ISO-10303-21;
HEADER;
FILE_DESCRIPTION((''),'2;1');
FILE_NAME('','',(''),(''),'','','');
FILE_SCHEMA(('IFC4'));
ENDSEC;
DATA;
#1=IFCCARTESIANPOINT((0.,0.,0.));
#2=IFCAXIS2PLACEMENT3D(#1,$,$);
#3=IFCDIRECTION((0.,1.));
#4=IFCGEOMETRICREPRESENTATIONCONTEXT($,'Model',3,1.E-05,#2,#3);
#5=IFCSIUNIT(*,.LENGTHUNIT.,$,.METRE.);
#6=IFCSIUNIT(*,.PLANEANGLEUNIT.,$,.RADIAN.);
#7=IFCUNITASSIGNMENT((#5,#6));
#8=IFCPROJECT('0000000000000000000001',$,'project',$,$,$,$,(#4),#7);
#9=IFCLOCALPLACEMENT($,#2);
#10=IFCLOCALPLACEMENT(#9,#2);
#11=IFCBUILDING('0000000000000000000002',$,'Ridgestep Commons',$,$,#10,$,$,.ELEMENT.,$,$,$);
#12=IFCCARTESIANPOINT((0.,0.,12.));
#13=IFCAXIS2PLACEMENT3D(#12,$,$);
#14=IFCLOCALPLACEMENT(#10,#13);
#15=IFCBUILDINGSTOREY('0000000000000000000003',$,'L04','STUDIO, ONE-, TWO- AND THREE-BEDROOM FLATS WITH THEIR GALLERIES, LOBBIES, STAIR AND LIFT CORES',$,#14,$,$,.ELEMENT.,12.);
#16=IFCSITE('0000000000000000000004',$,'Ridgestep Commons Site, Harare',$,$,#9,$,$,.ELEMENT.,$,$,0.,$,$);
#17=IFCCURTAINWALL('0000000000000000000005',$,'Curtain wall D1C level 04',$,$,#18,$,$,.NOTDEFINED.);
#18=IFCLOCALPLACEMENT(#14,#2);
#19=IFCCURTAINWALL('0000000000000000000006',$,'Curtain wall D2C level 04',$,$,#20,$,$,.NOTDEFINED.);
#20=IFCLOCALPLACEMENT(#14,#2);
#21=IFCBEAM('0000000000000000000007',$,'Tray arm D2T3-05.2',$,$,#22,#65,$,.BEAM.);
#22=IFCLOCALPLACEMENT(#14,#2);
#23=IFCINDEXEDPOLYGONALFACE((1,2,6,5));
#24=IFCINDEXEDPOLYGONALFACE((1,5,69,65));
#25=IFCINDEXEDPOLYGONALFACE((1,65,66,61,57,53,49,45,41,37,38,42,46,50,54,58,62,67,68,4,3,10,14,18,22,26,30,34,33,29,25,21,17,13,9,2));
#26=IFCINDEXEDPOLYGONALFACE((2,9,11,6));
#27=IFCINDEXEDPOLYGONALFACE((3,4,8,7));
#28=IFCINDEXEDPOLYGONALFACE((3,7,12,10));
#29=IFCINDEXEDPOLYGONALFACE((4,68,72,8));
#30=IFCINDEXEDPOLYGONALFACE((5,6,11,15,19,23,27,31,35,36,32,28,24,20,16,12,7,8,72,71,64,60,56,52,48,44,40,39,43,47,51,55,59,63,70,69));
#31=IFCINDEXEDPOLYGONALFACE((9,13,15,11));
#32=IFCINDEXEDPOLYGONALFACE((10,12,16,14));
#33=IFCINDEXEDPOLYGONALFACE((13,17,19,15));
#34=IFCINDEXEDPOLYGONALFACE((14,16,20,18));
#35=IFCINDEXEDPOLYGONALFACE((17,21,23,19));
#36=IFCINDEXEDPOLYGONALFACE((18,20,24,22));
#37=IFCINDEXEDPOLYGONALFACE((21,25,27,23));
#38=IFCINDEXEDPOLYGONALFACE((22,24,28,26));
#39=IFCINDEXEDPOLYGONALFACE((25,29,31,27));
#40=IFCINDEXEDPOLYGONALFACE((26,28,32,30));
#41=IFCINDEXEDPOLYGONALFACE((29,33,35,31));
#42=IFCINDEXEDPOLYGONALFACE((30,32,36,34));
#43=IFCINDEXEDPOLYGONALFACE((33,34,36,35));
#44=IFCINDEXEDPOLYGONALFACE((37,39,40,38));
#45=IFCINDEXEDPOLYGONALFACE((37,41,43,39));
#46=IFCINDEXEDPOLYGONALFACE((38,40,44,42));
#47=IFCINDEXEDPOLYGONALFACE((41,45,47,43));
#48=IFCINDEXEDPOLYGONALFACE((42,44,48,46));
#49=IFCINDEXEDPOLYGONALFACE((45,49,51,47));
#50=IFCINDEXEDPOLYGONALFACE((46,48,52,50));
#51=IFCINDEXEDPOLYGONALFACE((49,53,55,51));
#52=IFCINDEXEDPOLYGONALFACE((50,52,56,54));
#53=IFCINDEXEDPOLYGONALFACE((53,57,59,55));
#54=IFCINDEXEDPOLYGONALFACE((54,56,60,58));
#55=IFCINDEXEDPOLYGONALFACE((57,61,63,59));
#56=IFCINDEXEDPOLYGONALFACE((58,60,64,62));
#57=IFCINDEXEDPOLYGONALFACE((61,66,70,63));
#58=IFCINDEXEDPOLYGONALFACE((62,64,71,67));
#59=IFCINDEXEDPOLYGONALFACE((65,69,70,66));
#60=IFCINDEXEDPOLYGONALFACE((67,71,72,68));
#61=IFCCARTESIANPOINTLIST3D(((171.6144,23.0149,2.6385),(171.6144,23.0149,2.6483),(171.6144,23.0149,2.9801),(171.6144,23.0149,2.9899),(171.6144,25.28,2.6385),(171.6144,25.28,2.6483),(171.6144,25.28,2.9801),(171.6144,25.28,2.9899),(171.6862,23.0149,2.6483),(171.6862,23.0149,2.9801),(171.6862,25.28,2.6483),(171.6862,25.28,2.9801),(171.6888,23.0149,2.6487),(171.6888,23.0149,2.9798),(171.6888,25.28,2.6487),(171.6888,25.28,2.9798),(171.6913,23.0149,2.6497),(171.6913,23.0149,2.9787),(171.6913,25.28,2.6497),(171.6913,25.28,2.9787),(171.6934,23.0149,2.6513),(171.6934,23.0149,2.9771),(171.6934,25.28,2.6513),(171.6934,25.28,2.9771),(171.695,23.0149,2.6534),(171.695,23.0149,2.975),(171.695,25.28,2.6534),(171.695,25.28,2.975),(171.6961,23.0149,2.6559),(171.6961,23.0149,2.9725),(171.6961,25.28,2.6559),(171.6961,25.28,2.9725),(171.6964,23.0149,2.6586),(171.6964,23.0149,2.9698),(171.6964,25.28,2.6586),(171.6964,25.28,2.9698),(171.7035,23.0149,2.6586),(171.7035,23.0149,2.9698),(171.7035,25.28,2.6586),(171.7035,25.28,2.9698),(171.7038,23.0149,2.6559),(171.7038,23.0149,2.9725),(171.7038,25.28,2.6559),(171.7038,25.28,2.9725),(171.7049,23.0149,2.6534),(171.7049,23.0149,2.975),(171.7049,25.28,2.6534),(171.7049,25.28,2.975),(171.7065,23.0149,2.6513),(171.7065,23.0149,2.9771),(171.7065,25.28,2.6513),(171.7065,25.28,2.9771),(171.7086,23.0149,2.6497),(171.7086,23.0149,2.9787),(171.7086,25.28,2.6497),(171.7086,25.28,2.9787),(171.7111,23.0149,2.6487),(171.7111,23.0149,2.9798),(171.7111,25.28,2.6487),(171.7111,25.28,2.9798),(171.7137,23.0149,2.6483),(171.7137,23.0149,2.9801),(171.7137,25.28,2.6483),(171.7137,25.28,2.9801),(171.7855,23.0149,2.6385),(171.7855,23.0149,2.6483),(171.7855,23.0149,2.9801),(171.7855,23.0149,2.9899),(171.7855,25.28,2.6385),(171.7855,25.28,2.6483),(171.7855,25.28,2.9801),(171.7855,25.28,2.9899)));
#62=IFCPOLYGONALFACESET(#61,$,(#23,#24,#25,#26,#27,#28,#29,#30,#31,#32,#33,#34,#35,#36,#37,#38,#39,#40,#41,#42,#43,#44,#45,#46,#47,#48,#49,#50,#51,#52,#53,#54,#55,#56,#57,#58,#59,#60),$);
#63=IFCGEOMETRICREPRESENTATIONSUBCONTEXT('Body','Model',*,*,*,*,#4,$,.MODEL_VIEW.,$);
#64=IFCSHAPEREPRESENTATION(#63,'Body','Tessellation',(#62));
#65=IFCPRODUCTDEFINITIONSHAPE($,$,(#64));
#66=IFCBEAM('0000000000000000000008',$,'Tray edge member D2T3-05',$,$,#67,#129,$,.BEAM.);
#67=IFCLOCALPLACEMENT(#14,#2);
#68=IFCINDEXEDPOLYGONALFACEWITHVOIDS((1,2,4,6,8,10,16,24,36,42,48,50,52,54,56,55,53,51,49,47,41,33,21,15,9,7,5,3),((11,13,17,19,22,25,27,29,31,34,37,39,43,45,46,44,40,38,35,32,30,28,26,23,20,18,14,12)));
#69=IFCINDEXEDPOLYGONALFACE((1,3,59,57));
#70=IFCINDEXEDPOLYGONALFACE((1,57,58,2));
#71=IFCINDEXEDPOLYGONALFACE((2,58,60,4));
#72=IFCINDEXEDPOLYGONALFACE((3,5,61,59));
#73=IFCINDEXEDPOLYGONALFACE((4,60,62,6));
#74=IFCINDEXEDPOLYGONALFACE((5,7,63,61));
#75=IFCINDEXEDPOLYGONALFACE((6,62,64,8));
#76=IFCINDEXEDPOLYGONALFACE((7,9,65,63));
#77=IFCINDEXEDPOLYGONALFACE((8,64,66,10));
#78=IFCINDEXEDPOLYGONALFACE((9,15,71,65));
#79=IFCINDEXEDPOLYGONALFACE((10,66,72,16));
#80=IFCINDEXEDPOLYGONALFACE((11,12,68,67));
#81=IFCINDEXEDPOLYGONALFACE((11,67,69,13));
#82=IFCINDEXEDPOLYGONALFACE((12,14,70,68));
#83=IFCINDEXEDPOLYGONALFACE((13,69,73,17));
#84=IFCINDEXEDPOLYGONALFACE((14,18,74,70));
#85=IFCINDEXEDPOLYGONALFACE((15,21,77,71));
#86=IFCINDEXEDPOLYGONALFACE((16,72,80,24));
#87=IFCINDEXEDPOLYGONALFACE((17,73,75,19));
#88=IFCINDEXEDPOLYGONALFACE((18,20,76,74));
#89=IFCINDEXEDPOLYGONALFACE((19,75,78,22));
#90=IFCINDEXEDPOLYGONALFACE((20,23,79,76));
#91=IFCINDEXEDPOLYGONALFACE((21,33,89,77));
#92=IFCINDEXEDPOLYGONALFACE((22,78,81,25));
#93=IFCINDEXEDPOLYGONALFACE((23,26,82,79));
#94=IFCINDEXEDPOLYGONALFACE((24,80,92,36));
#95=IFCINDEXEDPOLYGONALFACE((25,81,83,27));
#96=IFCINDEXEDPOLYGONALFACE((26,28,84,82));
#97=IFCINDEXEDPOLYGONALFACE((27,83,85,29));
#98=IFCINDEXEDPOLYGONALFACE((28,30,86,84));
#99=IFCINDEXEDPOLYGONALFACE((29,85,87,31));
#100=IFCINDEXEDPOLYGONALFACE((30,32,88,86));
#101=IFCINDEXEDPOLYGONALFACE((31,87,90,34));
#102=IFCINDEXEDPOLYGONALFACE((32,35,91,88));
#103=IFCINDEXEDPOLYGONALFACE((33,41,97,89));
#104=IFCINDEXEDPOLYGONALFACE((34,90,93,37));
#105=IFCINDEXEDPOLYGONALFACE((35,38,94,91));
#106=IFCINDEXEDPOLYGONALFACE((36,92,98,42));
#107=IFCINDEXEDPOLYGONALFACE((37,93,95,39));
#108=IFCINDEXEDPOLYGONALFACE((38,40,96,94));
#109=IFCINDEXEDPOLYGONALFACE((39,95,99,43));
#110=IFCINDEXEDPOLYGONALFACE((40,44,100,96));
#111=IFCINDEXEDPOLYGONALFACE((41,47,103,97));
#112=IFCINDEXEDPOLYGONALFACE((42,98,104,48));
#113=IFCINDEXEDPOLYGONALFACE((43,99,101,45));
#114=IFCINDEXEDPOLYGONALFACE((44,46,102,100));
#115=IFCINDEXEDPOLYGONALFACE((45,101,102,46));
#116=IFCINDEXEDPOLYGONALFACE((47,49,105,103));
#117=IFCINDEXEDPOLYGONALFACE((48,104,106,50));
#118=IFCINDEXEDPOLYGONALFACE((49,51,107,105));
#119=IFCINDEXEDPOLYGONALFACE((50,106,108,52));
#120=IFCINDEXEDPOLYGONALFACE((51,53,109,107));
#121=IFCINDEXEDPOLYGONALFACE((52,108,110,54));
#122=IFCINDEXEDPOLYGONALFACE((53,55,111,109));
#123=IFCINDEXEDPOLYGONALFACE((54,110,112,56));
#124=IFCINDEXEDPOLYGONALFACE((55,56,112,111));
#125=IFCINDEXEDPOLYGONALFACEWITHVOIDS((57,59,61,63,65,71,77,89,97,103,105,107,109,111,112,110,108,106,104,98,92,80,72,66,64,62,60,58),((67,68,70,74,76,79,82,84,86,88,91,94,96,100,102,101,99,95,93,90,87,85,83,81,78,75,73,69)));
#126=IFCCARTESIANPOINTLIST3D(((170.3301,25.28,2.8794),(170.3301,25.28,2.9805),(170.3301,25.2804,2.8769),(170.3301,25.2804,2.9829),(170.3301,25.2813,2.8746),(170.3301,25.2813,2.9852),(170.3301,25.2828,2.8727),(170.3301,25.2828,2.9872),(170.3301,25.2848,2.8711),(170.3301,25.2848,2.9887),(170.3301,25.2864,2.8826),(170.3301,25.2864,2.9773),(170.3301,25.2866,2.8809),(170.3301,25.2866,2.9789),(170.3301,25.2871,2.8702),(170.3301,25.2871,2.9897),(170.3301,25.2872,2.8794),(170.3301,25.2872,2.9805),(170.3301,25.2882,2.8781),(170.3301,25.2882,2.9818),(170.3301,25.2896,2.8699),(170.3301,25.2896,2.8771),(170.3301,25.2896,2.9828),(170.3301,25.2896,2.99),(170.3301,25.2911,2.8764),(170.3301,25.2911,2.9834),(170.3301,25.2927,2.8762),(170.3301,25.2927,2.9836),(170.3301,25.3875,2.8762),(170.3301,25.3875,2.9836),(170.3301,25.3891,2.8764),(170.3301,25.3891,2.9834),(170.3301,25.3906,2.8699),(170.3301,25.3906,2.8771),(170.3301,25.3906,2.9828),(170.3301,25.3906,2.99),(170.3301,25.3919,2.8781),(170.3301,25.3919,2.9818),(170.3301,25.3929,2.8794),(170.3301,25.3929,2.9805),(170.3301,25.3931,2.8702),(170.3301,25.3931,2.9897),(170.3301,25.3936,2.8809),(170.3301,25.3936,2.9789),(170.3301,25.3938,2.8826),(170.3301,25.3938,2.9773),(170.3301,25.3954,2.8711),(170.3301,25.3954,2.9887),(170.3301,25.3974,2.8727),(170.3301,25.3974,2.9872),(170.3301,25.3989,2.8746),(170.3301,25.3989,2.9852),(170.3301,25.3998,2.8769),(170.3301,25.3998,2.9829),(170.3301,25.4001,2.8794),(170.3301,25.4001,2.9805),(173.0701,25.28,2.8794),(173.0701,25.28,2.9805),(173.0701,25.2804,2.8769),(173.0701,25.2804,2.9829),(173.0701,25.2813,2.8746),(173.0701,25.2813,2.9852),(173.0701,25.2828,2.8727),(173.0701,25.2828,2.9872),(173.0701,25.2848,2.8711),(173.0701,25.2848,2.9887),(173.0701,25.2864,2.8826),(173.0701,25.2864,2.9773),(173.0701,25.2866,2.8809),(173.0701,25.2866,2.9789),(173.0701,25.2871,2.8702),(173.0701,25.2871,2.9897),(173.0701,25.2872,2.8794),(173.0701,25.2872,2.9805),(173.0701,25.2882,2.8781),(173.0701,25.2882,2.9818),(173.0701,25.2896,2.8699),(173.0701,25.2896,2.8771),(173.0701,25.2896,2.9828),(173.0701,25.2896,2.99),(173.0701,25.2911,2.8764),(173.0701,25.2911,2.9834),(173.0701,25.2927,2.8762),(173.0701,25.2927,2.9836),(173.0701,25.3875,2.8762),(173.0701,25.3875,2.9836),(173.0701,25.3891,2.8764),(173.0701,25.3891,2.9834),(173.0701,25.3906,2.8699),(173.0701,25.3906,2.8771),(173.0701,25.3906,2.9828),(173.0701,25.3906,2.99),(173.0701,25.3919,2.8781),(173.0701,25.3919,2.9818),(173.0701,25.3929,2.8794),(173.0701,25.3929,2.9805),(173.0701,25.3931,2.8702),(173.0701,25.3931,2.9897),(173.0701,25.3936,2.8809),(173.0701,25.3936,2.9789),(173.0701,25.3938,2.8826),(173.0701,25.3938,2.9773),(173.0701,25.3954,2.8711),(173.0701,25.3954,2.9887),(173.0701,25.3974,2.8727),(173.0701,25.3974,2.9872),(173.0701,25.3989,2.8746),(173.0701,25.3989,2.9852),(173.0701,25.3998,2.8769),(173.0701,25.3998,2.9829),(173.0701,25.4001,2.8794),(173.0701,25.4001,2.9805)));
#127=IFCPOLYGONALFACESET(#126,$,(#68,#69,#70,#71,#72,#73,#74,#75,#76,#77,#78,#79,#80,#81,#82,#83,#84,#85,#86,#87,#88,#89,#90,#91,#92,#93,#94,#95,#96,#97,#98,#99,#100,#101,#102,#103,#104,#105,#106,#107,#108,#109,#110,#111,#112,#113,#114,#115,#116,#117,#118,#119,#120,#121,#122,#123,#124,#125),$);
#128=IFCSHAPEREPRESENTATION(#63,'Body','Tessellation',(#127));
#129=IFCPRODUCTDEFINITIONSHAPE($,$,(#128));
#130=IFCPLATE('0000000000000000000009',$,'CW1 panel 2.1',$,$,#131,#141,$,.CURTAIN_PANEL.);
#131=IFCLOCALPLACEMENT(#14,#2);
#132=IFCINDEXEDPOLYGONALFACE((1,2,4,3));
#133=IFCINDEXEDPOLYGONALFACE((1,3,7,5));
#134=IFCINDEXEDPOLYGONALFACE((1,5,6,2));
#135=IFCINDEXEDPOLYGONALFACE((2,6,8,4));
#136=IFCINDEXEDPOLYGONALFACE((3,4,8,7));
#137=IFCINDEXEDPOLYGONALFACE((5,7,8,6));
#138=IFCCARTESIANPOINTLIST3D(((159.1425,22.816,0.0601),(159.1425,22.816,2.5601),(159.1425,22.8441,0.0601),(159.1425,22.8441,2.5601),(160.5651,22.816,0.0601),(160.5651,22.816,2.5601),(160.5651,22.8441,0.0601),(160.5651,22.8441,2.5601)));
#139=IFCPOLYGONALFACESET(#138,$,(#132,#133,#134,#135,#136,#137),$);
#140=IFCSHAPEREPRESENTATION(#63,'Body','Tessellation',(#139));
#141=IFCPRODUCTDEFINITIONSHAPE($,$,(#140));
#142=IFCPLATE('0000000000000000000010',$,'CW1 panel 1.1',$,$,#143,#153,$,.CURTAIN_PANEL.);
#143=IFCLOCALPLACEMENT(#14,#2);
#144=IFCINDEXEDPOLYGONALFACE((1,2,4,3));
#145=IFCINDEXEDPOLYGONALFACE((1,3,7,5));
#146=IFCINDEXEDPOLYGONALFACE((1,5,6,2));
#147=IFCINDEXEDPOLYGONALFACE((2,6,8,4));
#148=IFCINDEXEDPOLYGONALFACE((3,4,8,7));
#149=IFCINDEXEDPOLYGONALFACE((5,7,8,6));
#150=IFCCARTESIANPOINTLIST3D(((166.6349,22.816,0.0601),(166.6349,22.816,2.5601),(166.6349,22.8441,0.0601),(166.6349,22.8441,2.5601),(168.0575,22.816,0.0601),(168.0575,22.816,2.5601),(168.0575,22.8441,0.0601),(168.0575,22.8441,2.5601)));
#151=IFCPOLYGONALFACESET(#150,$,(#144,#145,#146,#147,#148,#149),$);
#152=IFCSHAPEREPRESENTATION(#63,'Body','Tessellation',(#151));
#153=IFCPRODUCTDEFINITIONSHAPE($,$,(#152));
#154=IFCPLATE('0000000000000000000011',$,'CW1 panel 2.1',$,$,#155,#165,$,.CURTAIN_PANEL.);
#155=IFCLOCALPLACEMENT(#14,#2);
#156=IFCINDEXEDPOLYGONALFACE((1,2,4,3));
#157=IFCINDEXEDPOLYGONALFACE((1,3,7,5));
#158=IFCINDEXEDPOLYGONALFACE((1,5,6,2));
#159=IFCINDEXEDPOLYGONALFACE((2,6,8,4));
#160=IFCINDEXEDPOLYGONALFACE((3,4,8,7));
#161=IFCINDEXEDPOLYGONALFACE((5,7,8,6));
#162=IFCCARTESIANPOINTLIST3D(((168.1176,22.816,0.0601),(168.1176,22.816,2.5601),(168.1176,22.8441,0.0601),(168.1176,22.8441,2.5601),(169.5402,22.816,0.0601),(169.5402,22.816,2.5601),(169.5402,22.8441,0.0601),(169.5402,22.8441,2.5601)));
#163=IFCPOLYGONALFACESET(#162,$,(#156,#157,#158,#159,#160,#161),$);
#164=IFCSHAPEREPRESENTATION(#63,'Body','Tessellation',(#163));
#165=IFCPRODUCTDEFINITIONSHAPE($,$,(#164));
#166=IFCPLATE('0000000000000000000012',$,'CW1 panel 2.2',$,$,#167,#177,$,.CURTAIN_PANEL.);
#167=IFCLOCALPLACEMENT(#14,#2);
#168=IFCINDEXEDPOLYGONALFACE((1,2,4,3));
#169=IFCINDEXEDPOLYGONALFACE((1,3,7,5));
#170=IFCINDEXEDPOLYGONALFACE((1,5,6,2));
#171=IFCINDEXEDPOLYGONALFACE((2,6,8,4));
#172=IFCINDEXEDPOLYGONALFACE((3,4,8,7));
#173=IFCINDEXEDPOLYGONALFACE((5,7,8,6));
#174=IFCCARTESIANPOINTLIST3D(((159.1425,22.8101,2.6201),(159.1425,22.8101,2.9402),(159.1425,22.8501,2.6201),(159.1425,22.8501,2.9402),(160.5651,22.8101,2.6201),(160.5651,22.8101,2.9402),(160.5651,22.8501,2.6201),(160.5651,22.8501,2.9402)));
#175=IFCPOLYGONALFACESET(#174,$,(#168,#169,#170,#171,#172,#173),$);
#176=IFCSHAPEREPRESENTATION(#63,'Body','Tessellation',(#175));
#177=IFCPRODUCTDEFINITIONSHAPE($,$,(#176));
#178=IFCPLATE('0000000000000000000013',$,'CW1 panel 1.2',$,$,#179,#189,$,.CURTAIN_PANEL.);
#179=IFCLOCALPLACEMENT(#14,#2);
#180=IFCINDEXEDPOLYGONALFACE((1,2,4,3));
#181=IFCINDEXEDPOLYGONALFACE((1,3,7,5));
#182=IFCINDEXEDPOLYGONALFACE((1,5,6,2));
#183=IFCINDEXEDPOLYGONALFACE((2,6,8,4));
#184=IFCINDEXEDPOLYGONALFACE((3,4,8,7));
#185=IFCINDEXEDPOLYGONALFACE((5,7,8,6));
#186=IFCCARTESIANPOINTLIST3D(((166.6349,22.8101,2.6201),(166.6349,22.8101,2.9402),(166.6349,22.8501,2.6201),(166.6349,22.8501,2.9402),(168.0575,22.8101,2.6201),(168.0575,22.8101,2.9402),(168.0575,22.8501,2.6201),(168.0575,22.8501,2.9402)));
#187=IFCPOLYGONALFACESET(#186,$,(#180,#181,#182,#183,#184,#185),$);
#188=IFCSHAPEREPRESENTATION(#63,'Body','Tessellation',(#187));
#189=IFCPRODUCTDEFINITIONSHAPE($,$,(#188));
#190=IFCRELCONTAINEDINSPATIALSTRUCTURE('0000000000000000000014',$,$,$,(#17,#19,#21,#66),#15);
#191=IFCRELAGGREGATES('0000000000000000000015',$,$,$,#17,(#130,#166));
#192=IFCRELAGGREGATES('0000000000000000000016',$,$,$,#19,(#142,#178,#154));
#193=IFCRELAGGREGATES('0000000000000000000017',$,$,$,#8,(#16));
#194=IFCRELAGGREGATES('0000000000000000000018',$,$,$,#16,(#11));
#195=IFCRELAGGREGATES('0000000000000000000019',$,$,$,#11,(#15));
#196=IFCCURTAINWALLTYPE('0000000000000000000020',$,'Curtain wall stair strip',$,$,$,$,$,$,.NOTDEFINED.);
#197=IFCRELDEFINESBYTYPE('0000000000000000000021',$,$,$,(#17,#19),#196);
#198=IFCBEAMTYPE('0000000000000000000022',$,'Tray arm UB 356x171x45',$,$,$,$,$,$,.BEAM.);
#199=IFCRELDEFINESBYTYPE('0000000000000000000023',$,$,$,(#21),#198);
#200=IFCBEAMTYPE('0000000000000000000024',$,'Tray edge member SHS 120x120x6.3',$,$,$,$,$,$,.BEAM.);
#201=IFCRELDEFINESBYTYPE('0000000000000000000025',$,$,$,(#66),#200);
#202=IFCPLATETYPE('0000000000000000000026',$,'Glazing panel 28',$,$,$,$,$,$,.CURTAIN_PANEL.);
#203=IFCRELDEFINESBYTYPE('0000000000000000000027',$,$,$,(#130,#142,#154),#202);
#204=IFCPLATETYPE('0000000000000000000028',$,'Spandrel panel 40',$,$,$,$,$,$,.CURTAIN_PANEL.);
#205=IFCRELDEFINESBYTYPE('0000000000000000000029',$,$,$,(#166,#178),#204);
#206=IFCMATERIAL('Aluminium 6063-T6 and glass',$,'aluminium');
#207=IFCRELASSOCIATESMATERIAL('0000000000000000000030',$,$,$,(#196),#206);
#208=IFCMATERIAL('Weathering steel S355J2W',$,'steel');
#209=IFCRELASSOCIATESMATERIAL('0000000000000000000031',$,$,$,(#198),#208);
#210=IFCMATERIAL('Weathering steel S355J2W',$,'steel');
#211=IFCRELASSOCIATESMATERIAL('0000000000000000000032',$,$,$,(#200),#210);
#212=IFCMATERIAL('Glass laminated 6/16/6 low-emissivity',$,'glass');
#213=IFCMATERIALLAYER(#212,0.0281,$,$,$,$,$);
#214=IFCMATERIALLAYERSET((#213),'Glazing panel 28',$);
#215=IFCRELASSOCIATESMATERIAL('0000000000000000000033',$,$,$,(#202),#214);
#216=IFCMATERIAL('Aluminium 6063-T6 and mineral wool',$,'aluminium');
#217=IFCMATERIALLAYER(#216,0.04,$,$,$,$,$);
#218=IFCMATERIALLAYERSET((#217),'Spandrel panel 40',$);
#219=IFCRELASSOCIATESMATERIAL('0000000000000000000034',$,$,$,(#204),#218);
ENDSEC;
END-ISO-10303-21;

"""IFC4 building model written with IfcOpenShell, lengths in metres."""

from ifc_helpers import new_model, si_unit, direction, frame, origin, origin_2d, place, context, subcontext, project, spatial, rectangle, hollow_rectangle, i_section, extrude, material, layer, layer_set, material_profile, profile_set, type_object, element, aggregate, save


model = new_model("IFC4")

# Units and contexts
model_context = context("Model", 3, precision=1e-05, world=origin(), true_north=direction((0.0, 1.0)))
body_context = subcontext(model_context, "Body", "Model", "MODEL_VIEW")
ifc_project = project(units=[si_unit("LENGTHUNIT", "METRE"), si_unit("PLANEANGLEUNIT", "RADIAN")], contexts=[model_context])

# Site, building, storey
site_placement = place(None, origin())
site = spatial("IfcSite", under=ifc_project, at=site_placement, Name="Ridgestep Commons Site, Harare", CompositionType="ELEMENT", RefElevation=0.0)
building_placement = place(site_placement, origin())
building = spatial("IfcBuilding", under=site, at=building_placement, Name="Ridgestep Commons", CompositionType="ELEMENT")
storey_placement = place(building_placement, frame((0.0, 0.0, 12.0)))
storey = spatial("IfcBuildingStorey", under=building, at=storey_placement, Name="L04", Description="STUDIO, ONE-, TWO- AND THREE-BEDROOM FLATS WITH THEIR GALLERIES, LOBBIES, STAIR AND LIFT CORES", CompositionType="ELEMENT", Elevation=12.0)

# Curtain wall
ifc_material_1 = material(Name="Aluminium 6063-T6 and glass", Category="aluminium")
curtain_wall_type = type_object("IfcCurtainWallType", Name="Curtain wall stair strip", PredefinedType="NOTDEFINED", material=ifc_material_1)
curtain_wall_1_placement = place(storey_placement, origin())
curtain_wall_1 = element("IfcCurtainWall", 1, at=curtain_wall_1_placement, inside=storey, type_object=curtain_wall_type, Name="Curtain wall D1C level 04", PredefinedType="NOTDEFINED")

# Curtain wall
curtain_wall_2_placement = place(storey_placement, origin())
curtain_wall_2 = element("IfcCurtainWall", 2, at=curtain_wall_2_placement, inside=storey, type_object=curtain_wall_type, Name="Curtain wall D2C level 04", PredefinedType="NOTDEFINED")

# Beams
ifc_material_2 = material(Name="Weathering steel S355J2W", Category="steel")
ifc_material_profile_1 = material_profile(ifc_material_2, i_section(OverallWidth=0.1711, OverallDepth=0.3513, WebThickness=0.0071, FlangeThickness=0.0098, FilletRadius=0.0103, at=origin_2d()), Name="UB 356x171x45")
ifc_profile_set_1 = profile_set([ifc_material_profile_1], Name="Weathering steel S355J2W")
beam_type_1 = type_object("IfcBeamType", Name="Tray arm UB 356x171x45", PredefinedType="BEAM", material=ifc_profile_set_1)
for number, where, z_axis, x_axis, name in (
    (3, (171.7, 23.0149, 2.8142), (0.0, 1.0, 0.0), (-1.0, 0.0, 0.0), "Tray arm D2T3-05.2"),
):
    element("IfcBeam", number, at=place(storey_placement, frame(where, z_axis=z_axis, x_axis=x_axis)), inside=storey, type_object=beam_type_1, Name=name, PredefinedType="BEAM", context=body_context, shape_type="SweptSolid", body=[
        extrude(i_section(OverallWidth=0.1711, OverallDepth=0.3513, WebThickness=0.0071, FlangeThickness=0.0098, FilletRadius=0.0103, at=origin_2d()), origin(), (0.0, 0.0, 1.0), 2.2651),
    ])
ifc_material_3 = material(Name="Weathering steel S355J2W", Category="steel")
ifc_material_profile_2 = material_profile(ifc_material_3, hollow_rectangle(XDim=0.1201, YDim=0.1201, WallThickness=0.0063, InnerFilletRadius=0.0063, OuterFilletRadius=0.0095, at=origin_2d()), Name="SHS 120x120x6.3")
ifc_profile_set_2 = profile_set([ifc_material_profile_2], Name="Weathering steel S355J2W")
beam_type_2 = type_object("IfcBeamType", Name="Tray edge member SHS 120x120x6.3", PredefinedType="BEAM", material=ifc_profile_set_2)
beam_placement = place(storey_placement, frame((170.3301, 25.3401, 2.9299), z_axis=(1.0, 0.0, 0.0), x_axis=(0.0, 0.0, 1.0)))
element("IfcBeam", 4, at=beam_placement, inside=storey, type_object=beam_type_2, Name="Tray edge member D2T3-05", PredefinedType="BEAM", context=body_context, shape_type="SweptSolid", body=[
    extrude(hollow_rectangle(XDim=0.1201, YDim=0.1201, WallThickness=0.0063, InnerFilletRadius=0.0063, OuterFilletRadius=0.0095, at=origin_2d()), origin(), (0.0, 0.0, 1.0), 2.74),
])

# Plates
ifc_material_4 = material(Name="Glass laminated 6/16/6 low-emissivity", Category="glass")
ifc_layer_1 = layer(ifc_material_4, 0.0281)
ifc_layer_set_1 = layer_set([ifc_layer_1], Name="Glazing panel 28")
plate_type_1 = type_object("IfcPlateType", Name="Glazing panel 28", PredefinedType="CURTAIN_PANEL", material=ifc_layer_set_1)
plate_1_placement = place(storey_placement, frame((159.8538, 22.8301, 0.0601), z_axis=(0.0, 0.0, 1.0), x_axis=(1.0, 0.0, 0.0)))
plate_1 = element("IfcPlate", 5, at=plate_1_placement, type_object=plate_type_1, Name="CW1 panel 2.1", PredefinedType="CURTAIN_PANEL", context=body_context, shape_type="SweptSolid", body=[
    extrude(rectangle(XDim=1.4226, YDim=0.0281, at=origin_2d()), origin(), (0.0, 0.0, 1.0), 2.5),
])
plate_2_placement = place(storey_placement, frame((167.3462, 22.8301, 0.0601), z_axis=(0.0, 0.0, 1.0), x_axis=(1.0, 0.0, 0.0)))
plate_2 = element("IfcPlate", 6, at=plate_2_placement, type_object=plate_type_1, Name="CW1 panel 1.1", PredefinedType="CURTAIN_PANEL", context=body_context, shape_type="SweptSolid", body=[
    extrude(rectangle(XDim=1.4226, YDim=0.0281, at=origin_2d()), origin(), (0.0, 0.0, 1.0), 2.5),
])
plate_3_placement = place(storey_placement, frame((168.8289, 22.8301, 0.0601), z_axis=(0.0, 0.0, 1.0), x_axis=(1.0, 0.0, 0.0)))
plate_3 = element("IfcPlate", 7, at=plate_3_placement, type_object=plate_type_1, Name="CW1 panel 2.1", PredefinedType="CURTAIN_PANEL", context=body_context, shape_type="SweptSolid", body=[
    extrude(rectangle(XDim=1.4226, YDim=0.0281, at=origin_2d()), origin(), (0.0, 0.0, 1.0), 2.5),
])
ifc_material_5 = material(Name="Aluminium 6063-T6 and mineral wool", Category="aluminium")
ifc_layer_2 = layer(ifc_material_5, 0.04)
ifc_layer_set_2 = layer_set([ifc_layer_2], Name="Spandrel panel 40")
plate_type_2 = type_object("IfcPlateType", Name="Spandrel panel 40", PredefinedType="CURTAIN_PANEL", material=ifc_layer_set_2)
plate_4_placement = place(storey_placement, frame((159.8538, 22.8301, 2.6201), z_axis=(0.0, 0.0, 1.0), x_axis=(1.0, 0.0, 0.0)))
plate_4 = element("IfcPlate", 8, at=plate_4_placement, type_object=plate_type_2, Name="CW1 panel 2.2", PredefinedType="CURTAIN_PANEL", context=body_context, shape_type="SweptSolid", body=[
    extrude(rectangle(XDim=1.4226, YDim=0.04, at=origin_2d()), origin(), (0.0, 0.0, 1.0), 0.3201),
])
aggregate(curtain_wall_1, [plate_1, plate_4])
plate_5_placement = place(storey_placement, frame((167.3462, 22.8301, 2.6201), z_axis=(0.0, 0.0, 1.0), x_axis=(1.0, 0.0, 0.0)))
plate_5 = element("IfcPlate", 9, at=plate_5_placement, type_object=plate_type_2, Name="CW1 panel 1.2", PredefinedType="CURTAIN_PANEL", context=body_context, shape_type="SweptSolid", body=[
    extrude(rectangle(XDim=1.4226, YDim=0.04, at=origin_2d()), origin(), (0.0, 0.0, 1.0), 0.3201),
])
aggregate(curtain_wall_2, [plate_2, plate_5, plate_3])

save(model, "model.ifc")
